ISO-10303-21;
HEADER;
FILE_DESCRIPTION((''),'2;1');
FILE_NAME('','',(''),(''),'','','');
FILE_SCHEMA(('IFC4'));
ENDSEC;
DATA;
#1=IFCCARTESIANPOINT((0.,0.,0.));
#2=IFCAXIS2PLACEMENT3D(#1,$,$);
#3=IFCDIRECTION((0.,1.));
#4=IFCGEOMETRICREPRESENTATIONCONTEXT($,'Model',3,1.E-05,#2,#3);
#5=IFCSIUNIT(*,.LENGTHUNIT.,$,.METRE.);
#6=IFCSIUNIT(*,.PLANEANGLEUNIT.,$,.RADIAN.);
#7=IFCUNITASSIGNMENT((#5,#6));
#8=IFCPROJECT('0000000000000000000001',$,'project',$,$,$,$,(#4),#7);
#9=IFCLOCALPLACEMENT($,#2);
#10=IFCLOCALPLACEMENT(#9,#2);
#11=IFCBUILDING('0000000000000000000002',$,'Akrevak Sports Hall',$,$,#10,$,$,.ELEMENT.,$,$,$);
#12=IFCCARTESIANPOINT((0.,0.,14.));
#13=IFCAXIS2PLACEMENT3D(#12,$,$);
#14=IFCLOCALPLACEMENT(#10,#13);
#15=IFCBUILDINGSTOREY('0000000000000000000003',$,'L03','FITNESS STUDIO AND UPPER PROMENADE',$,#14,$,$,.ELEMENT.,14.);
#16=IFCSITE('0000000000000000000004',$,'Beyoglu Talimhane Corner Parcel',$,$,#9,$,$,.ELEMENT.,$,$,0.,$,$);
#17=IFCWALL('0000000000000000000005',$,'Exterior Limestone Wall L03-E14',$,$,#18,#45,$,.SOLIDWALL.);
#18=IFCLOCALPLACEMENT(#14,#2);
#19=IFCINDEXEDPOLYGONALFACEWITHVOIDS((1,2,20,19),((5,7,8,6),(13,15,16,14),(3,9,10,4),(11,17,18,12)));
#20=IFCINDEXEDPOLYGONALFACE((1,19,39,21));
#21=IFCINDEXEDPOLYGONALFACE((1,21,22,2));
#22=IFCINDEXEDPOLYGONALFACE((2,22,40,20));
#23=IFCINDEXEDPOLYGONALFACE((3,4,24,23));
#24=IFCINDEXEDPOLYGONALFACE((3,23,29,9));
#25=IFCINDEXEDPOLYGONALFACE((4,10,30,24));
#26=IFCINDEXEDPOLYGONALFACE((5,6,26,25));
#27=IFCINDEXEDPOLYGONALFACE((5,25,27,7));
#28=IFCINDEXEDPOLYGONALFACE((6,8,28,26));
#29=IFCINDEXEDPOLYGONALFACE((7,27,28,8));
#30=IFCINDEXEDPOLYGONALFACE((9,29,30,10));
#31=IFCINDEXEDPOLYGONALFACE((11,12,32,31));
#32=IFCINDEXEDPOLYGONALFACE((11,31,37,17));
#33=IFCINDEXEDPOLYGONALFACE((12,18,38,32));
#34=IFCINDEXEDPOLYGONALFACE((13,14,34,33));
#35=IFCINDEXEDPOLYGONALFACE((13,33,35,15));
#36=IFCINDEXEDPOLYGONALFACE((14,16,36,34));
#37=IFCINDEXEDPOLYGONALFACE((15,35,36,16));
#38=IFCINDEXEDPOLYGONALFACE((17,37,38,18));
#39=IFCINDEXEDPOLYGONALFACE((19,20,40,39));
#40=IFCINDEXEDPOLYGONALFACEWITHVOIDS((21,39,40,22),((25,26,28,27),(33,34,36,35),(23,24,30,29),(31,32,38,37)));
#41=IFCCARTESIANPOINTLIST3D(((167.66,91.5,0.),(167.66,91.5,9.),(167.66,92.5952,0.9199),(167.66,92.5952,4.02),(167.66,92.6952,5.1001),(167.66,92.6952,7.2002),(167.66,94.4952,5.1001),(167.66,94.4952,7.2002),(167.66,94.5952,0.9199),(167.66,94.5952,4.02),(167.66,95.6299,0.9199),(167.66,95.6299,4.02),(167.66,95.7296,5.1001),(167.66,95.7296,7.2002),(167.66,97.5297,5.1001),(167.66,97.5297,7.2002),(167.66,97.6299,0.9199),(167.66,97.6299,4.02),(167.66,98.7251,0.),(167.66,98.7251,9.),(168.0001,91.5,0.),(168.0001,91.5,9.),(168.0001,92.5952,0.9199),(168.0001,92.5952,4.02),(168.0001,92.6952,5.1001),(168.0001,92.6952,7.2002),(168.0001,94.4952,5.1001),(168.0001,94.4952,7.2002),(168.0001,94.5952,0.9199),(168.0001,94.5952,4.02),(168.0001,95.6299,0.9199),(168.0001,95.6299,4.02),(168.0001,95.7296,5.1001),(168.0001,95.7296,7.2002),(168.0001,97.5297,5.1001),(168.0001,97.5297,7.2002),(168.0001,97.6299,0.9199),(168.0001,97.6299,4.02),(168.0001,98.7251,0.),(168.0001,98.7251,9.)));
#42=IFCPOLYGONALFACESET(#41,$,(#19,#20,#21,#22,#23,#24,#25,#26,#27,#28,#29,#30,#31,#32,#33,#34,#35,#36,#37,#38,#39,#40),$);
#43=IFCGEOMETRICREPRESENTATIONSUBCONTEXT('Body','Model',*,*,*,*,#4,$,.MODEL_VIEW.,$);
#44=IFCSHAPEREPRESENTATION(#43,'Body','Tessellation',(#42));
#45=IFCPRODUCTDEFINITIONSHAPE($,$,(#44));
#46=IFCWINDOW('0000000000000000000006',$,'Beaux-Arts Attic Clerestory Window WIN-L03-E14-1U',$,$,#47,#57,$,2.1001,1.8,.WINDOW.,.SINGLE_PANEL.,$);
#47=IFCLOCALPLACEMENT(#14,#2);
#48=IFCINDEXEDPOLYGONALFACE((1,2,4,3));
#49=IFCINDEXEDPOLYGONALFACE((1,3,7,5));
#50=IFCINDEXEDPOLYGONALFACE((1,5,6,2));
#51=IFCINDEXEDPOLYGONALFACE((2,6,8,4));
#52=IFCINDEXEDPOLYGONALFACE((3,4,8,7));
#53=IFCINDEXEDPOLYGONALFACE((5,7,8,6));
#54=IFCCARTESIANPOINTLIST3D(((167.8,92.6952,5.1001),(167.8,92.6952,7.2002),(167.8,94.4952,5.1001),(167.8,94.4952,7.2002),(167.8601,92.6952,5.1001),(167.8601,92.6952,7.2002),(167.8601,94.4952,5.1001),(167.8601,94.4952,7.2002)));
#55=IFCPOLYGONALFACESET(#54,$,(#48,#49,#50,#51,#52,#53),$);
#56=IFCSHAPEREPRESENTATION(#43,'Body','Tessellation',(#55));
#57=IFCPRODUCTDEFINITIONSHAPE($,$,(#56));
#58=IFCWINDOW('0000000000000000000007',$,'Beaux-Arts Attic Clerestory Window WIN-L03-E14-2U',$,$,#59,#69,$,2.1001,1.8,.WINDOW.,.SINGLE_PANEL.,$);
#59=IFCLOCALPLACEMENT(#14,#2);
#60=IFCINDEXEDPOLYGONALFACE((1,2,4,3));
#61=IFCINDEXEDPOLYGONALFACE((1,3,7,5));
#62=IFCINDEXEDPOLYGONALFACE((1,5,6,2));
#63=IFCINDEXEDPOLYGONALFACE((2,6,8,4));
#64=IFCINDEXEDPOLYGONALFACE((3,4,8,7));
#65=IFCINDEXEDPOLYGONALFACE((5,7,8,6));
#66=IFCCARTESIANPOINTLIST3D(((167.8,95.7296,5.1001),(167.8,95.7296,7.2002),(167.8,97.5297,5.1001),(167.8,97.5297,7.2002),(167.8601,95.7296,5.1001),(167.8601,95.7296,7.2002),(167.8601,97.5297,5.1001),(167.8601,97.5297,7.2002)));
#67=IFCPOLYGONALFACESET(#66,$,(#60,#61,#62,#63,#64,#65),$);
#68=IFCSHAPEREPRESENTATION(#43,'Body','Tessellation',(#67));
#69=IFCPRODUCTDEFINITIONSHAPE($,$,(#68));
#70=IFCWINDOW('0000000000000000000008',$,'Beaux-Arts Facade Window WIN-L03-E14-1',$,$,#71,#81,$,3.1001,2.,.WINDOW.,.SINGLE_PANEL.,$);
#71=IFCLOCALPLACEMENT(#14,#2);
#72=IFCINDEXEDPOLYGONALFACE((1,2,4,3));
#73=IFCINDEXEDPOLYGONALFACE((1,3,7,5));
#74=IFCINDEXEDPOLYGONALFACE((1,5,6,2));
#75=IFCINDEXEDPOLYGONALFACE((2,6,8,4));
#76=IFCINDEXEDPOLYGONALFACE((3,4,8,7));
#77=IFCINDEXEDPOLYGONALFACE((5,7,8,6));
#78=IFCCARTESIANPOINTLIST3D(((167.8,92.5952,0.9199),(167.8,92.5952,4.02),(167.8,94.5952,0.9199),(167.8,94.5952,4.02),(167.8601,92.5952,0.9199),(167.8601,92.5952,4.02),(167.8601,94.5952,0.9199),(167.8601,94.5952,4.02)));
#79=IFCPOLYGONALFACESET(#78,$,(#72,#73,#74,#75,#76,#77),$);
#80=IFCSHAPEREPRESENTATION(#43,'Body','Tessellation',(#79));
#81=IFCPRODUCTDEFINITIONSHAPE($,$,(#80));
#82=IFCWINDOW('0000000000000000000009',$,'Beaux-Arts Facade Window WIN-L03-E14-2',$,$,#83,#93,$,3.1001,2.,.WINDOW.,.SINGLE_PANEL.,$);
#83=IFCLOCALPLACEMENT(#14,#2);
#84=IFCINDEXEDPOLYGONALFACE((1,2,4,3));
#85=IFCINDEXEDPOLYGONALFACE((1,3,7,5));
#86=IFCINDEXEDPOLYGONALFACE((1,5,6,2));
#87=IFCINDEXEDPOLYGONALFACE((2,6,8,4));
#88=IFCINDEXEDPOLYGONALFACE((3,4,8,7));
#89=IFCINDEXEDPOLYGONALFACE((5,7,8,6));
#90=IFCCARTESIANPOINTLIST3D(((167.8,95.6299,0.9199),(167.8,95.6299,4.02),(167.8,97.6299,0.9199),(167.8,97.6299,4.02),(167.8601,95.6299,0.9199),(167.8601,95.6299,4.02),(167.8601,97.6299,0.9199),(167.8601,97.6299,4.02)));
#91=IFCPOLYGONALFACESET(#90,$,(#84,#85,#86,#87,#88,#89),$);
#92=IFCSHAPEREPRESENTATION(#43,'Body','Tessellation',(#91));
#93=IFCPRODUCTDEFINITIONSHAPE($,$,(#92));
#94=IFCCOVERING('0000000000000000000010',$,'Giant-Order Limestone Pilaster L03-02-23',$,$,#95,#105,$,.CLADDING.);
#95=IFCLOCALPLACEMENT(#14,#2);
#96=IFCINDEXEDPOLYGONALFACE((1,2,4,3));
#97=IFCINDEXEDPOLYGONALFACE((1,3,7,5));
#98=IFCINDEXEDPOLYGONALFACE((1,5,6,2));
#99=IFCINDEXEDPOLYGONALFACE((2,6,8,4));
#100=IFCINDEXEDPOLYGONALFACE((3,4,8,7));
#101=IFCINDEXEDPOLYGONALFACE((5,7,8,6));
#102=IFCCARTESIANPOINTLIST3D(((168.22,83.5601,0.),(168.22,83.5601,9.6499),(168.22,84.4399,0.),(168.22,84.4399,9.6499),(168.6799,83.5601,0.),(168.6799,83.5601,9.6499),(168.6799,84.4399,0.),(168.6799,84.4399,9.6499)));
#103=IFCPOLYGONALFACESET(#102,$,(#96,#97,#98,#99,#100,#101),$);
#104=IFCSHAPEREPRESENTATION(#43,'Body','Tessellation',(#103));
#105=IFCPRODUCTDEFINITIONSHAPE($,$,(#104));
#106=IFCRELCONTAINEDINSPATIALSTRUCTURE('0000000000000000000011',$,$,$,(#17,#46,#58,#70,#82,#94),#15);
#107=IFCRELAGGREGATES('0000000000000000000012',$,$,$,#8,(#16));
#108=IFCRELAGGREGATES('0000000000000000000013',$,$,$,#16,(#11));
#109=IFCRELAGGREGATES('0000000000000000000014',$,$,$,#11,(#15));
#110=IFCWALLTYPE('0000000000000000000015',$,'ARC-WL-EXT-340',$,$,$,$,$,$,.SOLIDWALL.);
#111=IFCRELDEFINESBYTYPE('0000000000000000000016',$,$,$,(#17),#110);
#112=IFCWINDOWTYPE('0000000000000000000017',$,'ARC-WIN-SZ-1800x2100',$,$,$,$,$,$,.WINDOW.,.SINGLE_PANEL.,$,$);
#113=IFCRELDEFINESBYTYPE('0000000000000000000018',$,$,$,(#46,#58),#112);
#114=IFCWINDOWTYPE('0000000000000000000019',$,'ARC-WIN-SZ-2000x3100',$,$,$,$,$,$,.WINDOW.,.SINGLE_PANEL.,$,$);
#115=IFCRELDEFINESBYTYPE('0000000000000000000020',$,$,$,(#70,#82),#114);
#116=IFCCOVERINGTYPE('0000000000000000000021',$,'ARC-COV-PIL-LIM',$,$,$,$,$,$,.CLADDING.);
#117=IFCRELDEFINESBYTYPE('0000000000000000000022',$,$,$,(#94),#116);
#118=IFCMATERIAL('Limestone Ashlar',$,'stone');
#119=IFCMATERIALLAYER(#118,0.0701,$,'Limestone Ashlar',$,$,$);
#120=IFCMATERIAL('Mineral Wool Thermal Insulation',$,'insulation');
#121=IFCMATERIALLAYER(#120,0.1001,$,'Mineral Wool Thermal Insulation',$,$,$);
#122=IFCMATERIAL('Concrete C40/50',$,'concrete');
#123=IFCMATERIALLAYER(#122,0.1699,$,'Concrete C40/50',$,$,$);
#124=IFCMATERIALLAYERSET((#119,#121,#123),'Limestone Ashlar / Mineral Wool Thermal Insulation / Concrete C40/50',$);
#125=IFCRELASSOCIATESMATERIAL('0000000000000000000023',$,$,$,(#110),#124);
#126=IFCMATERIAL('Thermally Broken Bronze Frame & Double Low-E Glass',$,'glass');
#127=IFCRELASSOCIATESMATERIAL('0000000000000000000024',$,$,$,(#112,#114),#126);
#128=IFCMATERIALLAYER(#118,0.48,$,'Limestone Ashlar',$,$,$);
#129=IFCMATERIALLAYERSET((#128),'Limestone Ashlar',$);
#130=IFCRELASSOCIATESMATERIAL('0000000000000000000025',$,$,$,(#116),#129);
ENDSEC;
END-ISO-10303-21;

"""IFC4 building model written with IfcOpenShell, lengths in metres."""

from ifc_helpers import new_model, si_unit, direction, frame, frame_2d, origin, origin_2d, place, context, subcontext, project, spatial, rectangle, extrude, material, layer, layer_set, type_object, element, fill, save


model = new_model("IFC4")

# Units and contexts
model_context = context("Model", 3, precision=1e-05, world=origin(), true_north=direction((0.0, 1.0)))
body_context = subcontext(model_context, "Body", "Model", "MODEL_VIEW")
ifc_project = project(units=[si_unit("LENGTHUNIT", "METRE"), si_unit("PLANEANGLEUNIT", "RADIAN")], contexts=[model_context])

# Site, building, storey
site_placement = place(None, origin())
site = spatial("IfcSite", under=ifc_project, at=site_placement, Name="Beyoglu Talimhane Corner Parcel", CompositionType="ELEMENT", RefElevation=0.0)
building_placement = place(site_placement, origin())
building = spatial("IfcBuilding", under=site, at=building_placement, Name="Akrevak Sports Hall", CompositionType="ELEMENT")
storey_placement = place(building_placement, frame((0.0, 0.0, 14.0)))
storey = spatial("IfcBuildingStorey", under=building, at=storey_placement, Name="L03", Description="FITNESS STUDIO AND UPPER PROMENADE", CompositionType="ELEMENT", Elevation=14.0)

# Shared definitions
ifc_material_1 = material(Name="Concrete C40/50", Category="concrete")

# Wall, openings, windows
ifc_material_2 = material(Name="Limestone Ashlar", Category="stone")
ifc_layer_1 = layer(ifc_material_2, 0.0701, Name="Limestone Ashlar")
ifc_material_3 = material(Name="Mineral Wool Thermal Insulation", Category="insulation")
ifc_layer_2 = layer(ifc_material_3, 0.1001, Name="Mineral Wool Thermal Insulation")
ifc_layer_3 = layer(ifc_material_1, 0.1699, Name="Concrete C40/50")
ifc_layer_set_1 = layer_set([ifc_layer_1, ifc_layer_2, ifc_layer_3], Name="Limestone Ashlar / Mineral Wool Thermal Insulation / Concrete C40/50")
wall_type = type_object("IfcWallType", Name="ARC-WL-EXT-340", PredefinedType="SOLIDWALL", material=ifc_layer_set_1)
ifc_material_4 = material(Name="Thermally Broken Bronze Frame & Double Low-E Glass", Category="glass")
window_type_1 = type_object("IfcWindowType", Name="ARC-WIN-SZ-1800x2100", PartitioningType="SINGLE_PANEL", PredefinedType="WINDOW", material=ifc_material_4)
window_type_2 = type_object("IfcWindowType", Name="ARC-WIN-SZ-2000x3100", PartitioningType="SINGLE_PANEL", PredefinedType="WINDOW", material=ifc_material_4)
wall_1_placement = place(storey_placement, frame((167.8301, 91.5, 0.0), z_axis=(0.0, 0.0, 1.0), x_axis=(0.0, 1.0, 0.0)))
wall_1 = element("IfcWall", 1, at=wall_1_placement, inside=storey, type_object=wall_type, Name="Exterior Limestone Wall L03-E14", PredefinedType="SOLIDWALL", context=body_context, shape_type="SweptSolid", body=[
    extrude(rectangle(XDim=7.2251, YDim=0.3401, at=frame_2d((3.6125, 0.0))), origin(), (0.0, 0.0, 1.0), 9.0),
])
opening_1_placement = place(wall_1_placement, frame((1.0952, 0.0, 0.9199)))
opening_1 = element("IfcOpeningElement", 2, at=opening_1_placement, cuts=wall_1, PredefinedType="OPENING", context=body_context, shape_type="SweptSolid", body=[
    extrude(rectangle(XDim=2.0, YDim=3.1001, at=frame_2d((1.0, 1.55))), frame((0.0, 0.1821, 0.0), z_axis=(0.0, -1.0, 0.0), x_axis=(1.0, 0.0, 0.0)), (0.0, 0.0, 1.0), 0.364),
])
opening_2_placement = place(wall_1_placement, frame((1.1953, 0.0, 5.1001)))
opening_2 = element("IfcOpeningElement", 3, at=opening_2_placement, cuts=wall_1, PredefinedType="OPENING", context=body_context, shape_type="SweptSolid", body=[
    extrude(rectangle(XDim=1.8, YDim=2.1001, at=frame_2d((0.8999, 1.05))), frame((0.0, 0.1821, 0.0), z_axis=(0.0, -1.0, 0.0), x_axis=(1.0, 0.0, 0.0)), (0.0, 0.0, 1.0), 0.364),
])
opening_3_placement = place(wall_1_placement, frame((4.1299, 0.0, 0.9199)))
opening_3 = element("IfcOpeningElement", 4, at=opening_3_placement, cuts=wall_1, PredefinedType="OPENING", context=body_context, shape_type="SweptSolid", body=[
    extrude(rectangle(XDim=2.0, YDim=3.1001, at=frame_2d((1.0, 1.55))), frame((0.0, 0.1821, 0.0), z_axis=(0.0, -1.0, 0.0), x_axis=(1.0, 0.0, 0.0)), (0.0, 0.0, 1.0), 0.364),
])
opening_4_placement = place(wall_1_placement, frame((4.2297, 0.0, 5.1001)))
opening_4 = element("IfcOpeningElement", 5, at=opening_4_placement, cuts=wall_1, PredefinedType="OPENING", context=body_context, shape_type="SweptSolid", body=[
    extrude(rectangle(XDim=1.8, YDim=2.1001, at=frame_2d((0.8999, 1.05))), frame((0.0, 0.1821, 0.0), z_axis=(0.0, -1.0, 0.0), x_axis=(1.0, 0.0, 0.0)), (0.0, 0.0, 1.0), 0.364),
])
window_1_placement = place(opening_2_placement, origin())
window_1 = element("IfcWindow", 6, at=window_1_placement, inside=storey, type_object=window_type_1, Name="Beaux-Arts Attic Clerestory Window WIN-L03-E14-1U", OverallHeight=2.1001, OverallWidth=1.8, PartitioningType="SINGLE_PANEL", PredefinedType="WINDOW", context=body_context, shape_type="SweptSolid", body=[
    extrude(rectangle(XDim=1.8, YDim=2.1001, at=frame_2d((0.8999, 1.05))), frame((0.0, 0.03, 0.0), z_axis=(0.0, -1.0, 0.0), x_axis=(1.0, 0.0, 0.0)), (0.0, 0.0, 1.0), 0.0601),
])
fill(opening_2, window_1)
window_2_placement = place(opening_4_placement, origin())
window_2 = element("IfcWindow", 7, at=window_2_placement, inside=storey, type_object=window_type_1, Name="Beaux-Arts Attic Clerestory Window WIN-L03-E14-2U", OverallHeight=2.1001, OverallWidth=1.8, PartitioningType="SINGLE_PANEL", PredefinedType="WINDOW", context=body_context, shape_type="SweptSolid", body=[
    extrude(rectangle(XDim=1.8, YDim=2.1001, at=frame_2d((0.8999, 1.05))), frame((0.0, 0.03, 0.0), z_axis=(0.0, -1.0, 0.0), x_axis=(1.0, 0.0, 0.0)), (0.0, 0.0, 1.0), 0.0601),
])
fill(opening_4, window_2)
window_3_placement = place(opening_1_placement, origin())
window_3 = element("IfcWindow", 8, at=window_3_placement, inside=storey, type_object=window_type_2, Name="Beaux-Arts Facade Window WIN-L03-E14-1", OverallHeight=3.1001, OverallWidth=2.0, PartitioningType="SINGLE_PANEL", PredefinedType="WINDOW", context=body_context, shape_type="SweptSolid", body=[
    extrude(rectangle(XDim=2.0, YDim=3.1001, at=frame_2d((1.0, 1.55))), frame((0.0, 0.03, 0.0), z_axis=(0.0, -1.0, 0.0), x_axis=(1.0, 0.0, 0.0)), (0.0, 0.0, 1.0), 0.0601),
])
fill(opening_1, window_3)
window_4_placement = place(opening_3_placement, origin())
window_4 = element("IfcWindow", 9, at=window_4_placement, inside=storey, type_object=window_type_2, Name="Beaux-Arts Facade Window WIN-L03-E14-2", OverallHeight=3.1001, OverallWidth=2.0, PartitioningType="SINGLE_PANEL", PredefinedType="WINDOW", context=body_context, shape_type="SweptSolid", body=[
    extrude(rectangle(XDim=2.0, YDim=3.1001, at=frame_2d((1.0, 1.55))), frame((0.0, 0.03, 0.0), z_axis=(0.0, -1.0, 0.0), x_axis=(1.0, 0.0, 0.0)), (0.0, 0.0, 1.0), 0.0601),
])
fill(opening_3, window_4)

# Covering
ifc_layer_4 = layer(ifc_material_2, 0.48, Name="Limestone Ashlar")
ifc_layer_set_2 = layer_set([ifc_layer_4], Name="Limestone Ashlar")
covering_type = type_object("IfcCoveringType", Name="ARC-COV-PIL-LIM", PredefinedType="CLADDING", material=ifc_layer_set_2)
covering_placement = place(storey_placement, frame((168.45, 84.0, 0.0), z_axis=(0.0, 0.0, 1.0), x_axis=(0.0, 1.0, 0.0)))
element("IfcCovering", 10, at=covering_placement, inside=storey, type_object=covering_type, Name="Giant-Order Limestone Pilaster L03-02-23", PredefinedType="CLADDING", context=body_context, shape_type="SweptSolid", body=[
    extrude(rectangle(XDim=0.8799, YDim=0.46, at=origin_2d()), origin(), (0.0, 0.0, 1.0), 9.6499),
])

save(model, "model.ifc")
